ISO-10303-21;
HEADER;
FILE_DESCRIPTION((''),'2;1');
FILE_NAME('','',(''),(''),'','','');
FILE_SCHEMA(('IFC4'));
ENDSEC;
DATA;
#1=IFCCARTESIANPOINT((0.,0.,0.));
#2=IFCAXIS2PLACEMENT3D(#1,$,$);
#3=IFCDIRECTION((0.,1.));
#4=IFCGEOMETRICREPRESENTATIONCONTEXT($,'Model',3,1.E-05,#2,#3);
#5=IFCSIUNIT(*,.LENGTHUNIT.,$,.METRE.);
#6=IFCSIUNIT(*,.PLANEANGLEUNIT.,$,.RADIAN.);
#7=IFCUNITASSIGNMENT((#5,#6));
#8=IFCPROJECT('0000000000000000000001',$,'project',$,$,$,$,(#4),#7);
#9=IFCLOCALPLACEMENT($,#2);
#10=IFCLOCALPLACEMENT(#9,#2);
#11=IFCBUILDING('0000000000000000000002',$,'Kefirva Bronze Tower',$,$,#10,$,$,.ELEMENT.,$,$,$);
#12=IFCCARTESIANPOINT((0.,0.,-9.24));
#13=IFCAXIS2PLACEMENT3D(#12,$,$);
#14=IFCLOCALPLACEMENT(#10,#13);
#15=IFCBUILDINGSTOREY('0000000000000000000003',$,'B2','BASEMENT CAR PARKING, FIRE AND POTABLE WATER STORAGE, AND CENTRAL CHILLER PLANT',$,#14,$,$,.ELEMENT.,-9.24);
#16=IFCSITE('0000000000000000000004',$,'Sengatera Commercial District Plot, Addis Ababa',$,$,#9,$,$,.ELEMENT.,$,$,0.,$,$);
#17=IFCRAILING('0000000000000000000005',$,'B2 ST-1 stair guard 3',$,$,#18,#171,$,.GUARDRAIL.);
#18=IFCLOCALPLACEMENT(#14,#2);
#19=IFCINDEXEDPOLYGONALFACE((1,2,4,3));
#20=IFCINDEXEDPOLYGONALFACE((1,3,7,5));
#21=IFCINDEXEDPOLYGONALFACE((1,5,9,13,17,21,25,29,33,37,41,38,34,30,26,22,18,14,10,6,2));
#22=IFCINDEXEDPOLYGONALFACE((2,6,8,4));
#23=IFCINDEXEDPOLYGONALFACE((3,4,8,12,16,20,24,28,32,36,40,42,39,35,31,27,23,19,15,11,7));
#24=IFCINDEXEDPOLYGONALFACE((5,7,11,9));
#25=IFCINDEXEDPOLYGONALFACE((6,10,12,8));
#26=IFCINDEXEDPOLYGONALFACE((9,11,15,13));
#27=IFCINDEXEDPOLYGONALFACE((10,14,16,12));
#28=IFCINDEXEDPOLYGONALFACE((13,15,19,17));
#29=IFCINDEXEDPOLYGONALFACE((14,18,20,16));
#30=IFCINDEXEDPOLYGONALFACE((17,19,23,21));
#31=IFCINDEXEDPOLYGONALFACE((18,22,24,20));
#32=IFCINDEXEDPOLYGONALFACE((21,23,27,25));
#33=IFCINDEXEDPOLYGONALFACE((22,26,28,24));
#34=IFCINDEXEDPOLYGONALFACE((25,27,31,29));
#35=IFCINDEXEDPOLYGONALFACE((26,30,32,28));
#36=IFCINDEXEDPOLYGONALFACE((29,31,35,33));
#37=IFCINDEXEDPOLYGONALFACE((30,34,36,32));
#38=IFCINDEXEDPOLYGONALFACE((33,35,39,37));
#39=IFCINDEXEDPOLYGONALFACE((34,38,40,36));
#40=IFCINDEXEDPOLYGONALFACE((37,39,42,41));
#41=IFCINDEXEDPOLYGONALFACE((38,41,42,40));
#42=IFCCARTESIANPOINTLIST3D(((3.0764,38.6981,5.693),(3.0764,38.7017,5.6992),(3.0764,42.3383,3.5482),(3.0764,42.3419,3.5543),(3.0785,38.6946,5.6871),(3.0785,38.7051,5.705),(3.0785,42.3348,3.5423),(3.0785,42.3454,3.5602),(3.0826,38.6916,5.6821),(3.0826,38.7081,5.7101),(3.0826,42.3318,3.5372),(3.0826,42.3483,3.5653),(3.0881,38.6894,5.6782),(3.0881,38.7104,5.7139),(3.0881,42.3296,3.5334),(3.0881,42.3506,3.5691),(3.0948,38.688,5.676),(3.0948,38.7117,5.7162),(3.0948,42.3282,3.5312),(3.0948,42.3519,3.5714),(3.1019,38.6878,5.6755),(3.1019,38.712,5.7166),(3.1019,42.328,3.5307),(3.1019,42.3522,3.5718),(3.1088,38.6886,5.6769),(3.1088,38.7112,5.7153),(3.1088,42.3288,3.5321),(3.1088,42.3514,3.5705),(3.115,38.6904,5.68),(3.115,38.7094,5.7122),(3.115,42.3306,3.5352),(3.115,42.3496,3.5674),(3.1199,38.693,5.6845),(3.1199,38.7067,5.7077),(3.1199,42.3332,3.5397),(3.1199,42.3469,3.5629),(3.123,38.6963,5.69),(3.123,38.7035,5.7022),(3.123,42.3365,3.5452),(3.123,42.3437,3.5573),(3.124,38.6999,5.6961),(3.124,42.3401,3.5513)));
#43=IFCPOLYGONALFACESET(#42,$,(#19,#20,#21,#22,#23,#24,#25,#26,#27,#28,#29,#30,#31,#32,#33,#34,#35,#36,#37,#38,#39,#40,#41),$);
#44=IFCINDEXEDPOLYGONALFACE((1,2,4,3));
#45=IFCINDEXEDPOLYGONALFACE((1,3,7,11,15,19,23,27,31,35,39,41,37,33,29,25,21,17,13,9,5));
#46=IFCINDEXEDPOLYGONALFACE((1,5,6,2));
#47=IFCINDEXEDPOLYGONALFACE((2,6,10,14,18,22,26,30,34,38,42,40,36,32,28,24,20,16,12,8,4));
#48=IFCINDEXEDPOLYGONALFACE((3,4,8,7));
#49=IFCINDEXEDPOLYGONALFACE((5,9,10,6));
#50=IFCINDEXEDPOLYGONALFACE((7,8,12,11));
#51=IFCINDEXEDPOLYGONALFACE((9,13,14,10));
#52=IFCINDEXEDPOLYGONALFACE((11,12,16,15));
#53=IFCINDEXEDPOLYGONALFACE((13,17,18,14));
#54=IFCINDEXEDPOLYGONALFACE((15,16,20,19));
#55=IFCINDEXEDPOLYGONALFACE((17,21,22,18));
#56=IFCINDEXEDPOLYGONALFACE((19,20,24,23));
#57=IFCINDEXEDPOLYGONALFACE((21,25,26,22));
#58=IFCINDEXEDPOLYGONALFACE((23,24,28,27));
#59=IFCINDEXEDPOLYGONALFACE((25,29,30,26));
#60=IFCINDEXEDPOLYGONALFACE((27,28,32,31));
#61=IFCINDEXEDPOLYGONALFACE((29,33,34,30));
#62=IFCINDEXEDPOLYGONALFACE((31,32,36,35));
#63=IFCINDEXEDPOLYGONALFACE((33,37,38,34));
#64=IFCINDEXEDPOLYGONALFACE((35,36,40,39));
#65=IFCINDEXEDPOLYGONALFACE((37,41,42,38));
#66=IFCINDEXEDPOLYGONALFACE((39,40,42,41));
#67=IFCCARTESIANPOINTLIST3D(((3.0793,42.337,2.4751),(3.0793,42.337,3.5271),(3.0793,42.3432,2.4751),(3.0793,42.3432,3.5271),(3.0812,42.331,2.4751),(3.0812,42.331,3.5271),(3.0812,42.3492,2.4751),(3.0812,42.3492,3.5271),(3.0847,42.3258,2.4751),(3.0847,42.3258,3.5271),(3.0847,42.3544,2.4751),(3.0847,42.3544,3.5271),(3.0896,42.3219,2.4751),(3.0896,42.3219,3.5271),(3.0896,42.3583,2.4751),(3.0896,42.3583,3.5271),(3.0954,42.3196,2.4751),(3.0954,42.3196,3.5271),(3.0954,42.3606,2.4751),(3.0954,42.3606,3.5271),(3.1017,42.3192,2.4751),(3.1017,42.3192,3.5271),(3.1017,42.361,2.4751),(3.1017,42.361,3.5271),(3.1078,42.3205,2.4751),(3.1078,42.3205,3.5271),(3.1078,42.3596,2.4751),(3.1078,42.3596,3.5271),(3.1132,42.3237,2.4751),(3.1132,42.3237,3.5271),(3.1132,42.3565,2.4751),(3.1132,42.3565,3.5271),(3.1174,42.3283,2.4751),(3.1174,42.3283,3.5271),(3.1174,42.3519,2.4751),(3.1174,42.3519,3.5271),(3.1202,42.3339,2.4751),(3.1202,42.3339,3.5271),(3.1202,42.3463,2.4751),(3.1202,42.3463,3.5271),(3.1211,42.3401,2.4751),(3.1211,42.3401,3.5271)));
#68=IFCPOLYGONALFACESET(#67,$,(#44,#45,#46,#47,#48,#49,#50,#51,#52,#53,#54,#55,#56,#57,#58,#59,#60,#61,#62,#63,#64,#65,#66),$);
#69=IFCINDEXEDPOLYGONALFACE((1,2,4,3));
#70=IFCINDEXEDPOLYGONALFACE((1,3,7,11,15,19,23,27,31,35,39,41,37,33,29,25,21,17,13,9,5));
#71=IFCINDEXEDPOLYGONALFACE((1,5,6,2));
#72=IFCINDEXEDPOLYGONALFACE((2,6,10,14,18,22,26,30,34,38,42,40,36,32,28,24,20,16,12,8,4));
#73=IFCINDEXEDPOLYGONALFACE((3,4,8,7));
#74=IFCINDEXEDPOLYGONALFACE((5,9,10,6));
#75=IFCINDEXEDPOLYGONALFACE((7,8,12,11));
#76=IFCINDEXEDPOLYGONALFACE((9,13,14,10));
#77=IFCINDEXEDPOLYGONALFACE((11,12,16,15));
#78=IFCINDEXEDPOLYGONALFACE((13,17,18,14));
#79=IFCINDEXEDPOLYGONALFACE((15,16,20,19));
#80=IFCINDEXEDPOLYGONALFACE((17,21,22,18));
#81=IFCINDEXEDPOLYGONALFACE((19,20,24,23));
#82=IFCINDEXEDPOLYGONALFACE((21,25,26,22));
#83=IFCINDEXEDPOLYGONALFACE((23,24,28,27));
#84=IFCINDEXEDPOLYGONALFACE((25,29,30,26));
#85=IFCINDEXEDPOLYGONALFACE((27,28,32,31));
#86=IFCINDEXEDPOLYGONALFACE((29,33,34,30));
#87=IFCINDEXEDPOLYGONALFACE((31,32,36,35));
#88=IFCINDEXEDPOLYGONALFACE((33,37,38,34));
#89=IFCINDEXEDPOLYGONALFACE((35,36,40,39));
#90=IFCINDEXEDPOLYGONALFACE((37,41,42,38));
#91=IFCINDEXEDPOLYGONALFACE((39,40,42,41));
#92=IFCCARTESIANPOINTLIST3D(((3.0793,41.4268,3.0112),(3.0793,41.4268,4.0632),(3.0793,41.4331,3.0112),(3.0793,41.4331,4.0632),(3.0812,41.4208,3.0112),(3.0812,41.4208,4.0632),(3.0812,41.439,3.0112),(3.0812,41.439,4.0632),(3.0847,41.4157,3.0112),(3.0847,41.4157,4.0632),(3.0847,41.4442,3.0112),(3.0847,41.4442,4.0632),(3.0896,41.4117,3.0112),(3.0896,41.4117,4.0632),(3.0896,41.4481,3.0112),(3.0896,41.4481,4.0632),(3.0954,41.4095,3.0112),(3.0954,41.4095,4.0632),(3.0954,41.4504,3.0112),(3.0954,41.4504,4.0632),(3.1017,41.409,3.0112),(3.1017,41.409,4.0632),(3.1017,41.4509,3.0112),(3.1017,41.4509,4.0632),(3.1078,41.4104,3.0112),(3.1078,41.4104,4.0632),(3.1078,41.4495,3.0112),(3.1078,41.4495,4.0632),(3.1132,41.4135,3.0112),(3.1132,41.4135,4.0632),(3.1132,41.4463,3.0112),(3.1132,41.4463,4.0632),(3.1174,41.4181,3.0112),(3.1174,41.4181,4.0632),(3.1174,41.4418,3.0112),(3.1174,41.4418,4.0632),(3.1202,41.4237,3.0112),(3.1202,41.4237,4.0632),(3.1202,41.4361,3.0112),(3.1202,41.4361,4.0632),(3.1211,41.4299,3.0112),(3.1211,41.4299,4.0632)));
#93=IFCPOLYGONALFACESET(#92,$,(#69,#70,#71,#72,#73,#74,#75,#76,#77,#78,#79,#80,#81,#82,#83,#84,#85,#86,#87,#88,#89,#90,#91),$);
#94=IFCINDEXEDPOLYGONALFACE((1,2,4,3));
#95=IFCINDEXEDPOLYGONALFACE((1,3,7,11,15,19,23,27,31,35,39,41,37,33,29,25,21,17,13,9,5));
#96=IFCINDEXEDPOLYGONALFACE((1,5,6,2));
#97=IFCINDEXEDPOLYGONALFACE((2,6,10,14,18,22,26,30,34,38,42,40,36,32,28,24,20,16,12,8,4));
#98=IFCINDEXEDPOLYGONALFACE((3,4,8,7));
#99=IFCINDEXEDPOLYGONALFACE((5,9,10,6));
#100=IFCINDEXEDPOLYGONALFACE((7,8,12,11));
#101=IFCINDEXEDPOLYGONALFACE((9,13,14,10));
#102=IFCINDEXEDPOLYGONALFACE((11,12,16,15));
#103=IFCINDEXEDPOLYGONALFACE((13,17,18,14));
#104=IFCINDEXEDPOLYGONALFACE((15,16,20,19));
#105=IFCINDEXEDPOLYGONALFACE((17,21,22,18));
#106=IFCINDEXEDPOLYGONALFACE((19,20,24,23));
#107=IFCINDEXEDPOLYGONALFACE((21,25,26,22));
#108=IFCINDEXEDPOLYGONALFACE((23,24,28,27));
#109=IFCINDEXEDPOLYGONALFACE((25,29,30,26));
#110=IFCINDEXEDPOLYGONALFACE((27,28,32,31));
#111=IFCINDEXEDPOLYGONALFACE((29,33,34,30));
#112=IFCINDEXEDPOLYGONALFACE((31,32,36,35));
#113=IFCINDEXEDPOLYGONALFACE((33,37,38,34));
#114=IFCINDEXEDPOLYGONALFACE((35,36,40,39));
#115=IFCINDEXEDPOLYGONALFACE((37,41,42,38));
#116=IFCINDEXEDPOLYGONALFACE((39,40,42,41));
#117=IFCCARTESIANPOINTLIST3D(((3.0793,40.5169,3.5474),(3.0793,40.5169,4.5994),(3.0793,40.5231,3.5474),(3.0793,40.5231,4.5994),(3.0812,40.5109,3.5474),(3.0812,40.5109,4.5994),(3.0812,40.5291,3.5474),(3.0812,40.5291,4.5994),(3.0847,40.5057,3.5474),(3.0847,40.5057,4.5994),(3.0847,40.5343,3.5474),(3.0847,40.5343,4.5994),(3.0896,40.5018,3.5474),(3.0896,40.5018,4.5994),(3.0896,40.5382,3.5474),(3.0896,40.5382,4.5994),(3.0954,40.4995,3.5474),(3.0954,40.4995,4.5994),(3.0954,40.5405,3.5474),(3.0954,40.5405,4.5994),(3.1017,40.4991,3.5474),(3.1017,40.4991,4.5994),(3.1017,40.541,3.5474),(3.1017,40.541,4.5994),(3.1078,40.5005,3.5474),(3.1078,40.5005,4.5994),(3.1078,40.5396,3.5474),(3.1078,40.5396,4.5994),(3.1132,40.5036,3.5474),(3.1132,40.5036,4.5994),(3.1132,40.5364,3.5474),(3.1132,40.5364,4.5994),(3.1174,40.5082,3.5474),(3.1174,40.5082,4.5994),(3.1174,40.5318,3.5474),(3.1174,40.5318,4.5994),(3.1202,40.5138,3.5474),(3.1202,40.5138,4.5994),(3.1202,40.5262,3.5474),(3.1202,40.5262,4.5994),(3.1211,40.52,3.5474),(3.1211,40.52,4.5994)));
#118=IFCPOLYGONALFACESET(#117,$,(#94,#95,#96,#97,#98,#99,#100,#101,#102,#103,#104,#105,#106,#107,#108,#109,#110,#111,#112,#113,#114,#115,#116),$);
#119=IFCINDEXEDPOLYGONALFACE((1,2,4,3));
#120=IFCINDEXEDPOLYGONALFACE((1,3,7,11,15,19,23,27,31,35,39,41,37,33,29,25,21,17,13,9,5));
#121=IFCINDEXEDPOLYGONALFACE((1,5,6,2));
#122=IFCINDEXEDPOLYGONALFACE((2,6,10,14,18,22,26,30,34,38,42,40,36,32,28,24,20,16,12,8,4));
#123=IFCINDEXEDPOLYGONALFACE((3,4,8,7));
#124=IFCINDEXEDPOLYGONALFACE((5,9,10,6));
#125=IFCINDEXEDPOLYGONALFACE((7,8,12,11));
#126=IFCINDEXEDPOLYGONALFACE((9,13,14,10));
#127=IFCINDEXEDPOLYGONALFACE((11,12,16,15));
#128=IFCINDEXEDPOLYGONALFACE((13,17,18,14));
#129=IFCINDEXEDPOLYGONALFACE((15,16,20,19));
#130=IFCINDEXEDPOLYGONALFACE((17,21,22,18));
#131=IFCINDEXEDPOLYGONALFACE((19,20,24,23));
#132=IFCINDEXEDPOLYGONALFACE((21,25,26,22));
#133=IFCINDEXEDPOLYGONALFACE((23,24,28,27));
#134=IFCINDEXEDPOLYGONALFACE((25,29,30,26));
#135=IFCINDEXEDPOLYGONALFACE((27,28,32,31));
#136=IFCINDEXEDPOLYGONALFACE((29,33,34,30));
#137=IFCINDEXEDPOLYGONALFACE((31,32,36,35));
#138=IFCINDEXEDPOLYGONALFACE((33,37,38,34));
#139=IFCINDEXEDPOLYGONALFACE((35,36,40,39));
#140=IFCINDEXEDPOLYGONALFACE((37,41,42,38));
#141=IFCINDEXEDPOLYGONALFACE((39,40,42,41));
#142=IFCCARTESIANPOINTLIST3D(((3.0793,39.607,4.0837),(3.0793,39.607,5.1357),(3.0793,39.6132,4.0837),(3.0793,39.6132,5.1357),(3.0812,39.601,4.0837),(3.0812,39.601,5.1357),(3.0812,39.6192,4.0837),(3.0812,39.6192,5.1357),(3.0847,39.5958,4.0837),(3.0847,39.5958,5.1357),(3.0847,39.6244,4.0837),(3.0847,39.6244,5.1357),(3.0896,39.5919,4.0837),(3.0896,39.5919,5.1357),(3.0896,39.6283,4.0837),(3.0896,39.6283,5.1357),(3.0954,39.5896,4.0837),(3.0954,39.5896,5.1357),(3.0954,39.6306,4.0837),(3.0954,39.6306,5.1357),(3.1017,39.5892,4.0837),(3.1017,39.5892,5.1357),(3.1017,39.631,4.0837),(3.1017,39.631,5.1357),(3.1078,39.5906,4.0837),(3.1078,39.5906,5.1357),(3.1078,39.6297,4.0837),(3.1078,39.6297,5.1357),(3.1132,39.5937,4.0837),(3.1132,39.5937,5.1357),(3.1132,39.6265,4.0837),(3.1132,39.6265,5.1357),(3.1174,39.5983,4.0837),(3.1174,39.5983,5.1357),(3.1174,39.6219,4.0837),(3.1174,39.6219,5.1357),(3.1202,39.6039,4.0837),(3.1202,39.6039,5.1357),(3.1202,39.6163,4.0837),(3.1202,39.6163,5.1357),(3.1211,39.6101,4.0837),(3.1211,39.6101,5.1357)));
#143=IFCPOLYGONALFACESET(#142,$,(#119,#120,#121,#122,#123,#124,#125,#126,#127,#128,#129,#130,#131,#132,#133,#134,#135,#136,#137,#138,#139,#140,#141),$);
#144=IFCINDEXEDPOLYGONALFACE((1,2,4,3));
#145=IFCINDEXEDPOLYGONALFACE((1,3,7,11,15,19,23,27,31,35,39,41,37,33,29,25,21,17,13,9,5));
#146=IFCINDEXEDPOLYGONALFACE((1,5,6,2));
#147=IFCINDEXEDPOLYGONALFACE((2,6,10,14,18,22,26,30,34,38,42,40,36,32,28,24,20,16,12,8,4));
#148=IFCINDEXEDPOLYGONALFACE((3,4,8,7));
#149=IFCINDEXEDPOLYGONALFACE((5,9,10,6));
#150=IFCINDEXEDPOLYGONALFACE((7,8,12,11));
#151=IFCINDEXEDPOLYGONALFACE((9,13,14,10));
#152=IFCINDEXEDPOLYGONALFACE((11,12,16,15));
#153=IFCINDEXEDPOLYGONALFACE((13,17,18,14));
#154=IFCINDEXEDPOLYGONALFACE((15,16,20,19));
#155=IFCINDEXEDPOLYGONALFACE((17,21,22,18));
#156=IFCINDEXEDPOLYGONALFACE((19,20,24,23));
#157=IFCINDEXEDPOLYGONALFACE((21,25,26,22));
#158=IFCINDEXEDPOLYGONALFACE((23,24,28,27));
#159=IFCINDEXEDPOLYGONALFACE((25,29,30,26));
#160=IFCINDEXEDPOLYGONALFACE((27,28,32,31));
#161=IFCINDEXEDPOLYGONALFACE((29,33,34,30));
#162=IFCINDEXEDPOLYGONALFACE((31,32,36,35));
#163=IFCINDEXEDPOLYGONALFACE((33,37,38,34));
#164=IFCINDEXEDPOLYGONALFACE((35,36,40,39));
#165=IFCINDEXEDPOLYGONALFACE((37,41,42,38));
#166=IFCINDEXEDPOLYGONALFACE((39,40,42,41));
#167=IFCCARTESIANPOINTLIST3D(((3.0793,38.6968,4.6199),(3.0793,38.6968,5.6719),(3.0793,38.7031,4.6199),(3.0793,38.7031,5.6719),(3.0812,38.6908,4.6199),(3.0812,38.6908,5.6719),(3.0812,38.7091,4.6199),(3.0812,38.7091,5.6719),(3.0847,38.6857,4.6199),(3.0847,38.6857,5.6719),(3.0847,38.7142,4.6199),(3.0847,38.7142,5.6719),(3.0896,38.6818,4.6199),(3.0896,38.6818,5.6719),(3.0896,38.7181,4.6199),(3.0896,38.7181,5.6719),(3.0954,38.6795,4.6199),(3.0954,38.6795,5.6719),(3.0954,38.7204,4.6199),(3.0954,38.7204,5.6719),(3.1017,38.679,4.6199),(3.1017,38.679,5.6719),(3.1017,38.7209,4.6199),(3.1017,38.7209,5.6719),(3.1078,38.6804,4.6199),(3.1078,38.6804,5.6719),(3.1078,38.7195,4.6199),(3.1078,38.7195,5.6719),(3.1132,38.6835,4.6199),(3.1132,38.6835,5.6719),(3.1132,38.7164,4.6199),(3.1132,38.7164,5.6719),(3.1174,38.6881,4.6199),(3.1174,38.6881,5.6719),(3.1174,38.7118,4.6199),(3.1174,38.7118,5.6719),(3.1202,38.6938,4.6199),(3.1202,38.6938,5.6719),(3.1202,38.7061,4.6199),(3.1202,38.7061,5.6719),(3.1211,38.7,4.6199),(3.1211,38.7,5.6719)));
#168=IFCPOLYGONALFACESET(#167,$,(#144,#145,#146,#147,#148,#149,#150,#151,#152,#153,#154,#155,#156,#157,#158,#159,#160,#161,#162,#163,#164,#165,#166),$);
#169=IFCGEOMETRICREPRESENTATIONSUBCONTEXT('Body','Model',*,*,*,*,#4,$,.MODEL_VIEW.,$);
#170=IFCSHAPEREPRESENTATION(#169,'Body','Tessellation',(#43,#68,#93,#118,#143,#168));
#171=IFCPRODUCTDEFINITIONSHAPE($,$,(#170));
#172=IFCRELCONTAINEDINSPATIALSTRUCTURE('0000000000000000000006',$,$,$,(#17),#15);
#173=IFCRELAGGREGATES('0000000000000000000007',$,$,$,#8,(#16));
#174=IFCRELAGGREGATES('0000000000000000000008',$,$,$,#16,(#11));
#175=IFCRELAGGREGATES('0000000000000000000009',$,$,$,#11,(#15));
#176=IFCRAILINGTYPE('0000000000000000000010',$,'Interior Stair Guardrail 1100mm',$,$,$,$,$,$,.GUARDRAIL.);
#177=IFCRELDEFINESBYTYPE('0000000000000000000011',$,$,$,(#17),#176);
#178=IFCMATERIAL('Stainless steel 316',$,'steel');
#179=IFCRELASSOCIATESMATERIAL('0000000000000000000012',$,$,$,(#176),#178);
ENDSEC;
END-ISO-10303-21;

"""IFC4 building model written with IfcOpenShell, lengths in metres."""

from ifc_helpers import new_model, si_unit, direction, frame, origin, origin_2d, place, context, subcontext, project, spatial, circle, extrude, material, type_object, element, save


model = new_model("IFC4")

# Units and contexts
model_context = context("Model", 3, precision=1e-05, world=origin(), true_north=direction((0.0, 1.0)))
body_context = subcontext(model_context, "Body", "Model", "MODEL_VIEW")
ifc_project = project(units=[si_unit("LENGTHUNIT", "METRE"), si_unit("PLANEANGLEUNIT", "RADIAN")], contexts=[model_context])

# Site, building, storey
site_placement = place(None, origin())
site = spatial("IfcSite", under=ifc_project, at=site_placement, Name="Sengatera Commercial District Plot, Addis Ababa", CompositionType="ELEMENT", RefElevation=0.0)
building_placement = place(site_placement, origin())
building = spatial("IfcBuilding", under=site, at=building_placement, Name="Kefirva Bronze Tower", CompositionType="ELEMENT")
storey_placement = place(building_placement, frame((0.0, 0.0, -9.24)))
storey = spatial("IfcBuildingStorey", under=building, at=storey_placement, Name="B2", Description="BASEMENT CAR PARKING, FIRE AND POTABLE WATER STORAGE, AND CENTRAL CHILLER PLANT", CompositionType="ELEMENT", Elevation=-9.24)

# Railing
ifc_material_1 = material(Name="Stainless steel 316", Category="steel")
railing_type_1 = type_object("IfcRailingType", Name="Interior Stair Guardrail 1100mm", PredefinedType="GUARDRAIL", material=ifc_material_1)
railing_1_placement = place(storey_placement, frame((3.1001, 42.3401, 2.4751)))
element("IfcRailing", 1, at=railing_1_placement, inside=storey, type_object=railing_type_1, Name="B2 ST-1 stair guard 3", PredefinedType="GUARDRAIL", context=body_context, shape_type="SweptSolid", body=[
    extrude(circle(Radius=0.0239, at=origin_2d()), frame((0.0, 0.0, 1.0762), z_axis=(0.0, -0.86157, 0.507639), x_axis=(1.0, 0.0, 0.0)), (0.0, 0.0, 1.0), 4.2251),
    extrude(circle(Radius=0.021, at=origin_2d()), origin(), (0.0, 0.0, 1.0), 1.052),
    extrude(circle(Radius=0.021, at=origin_2d()), frame((0.0, -0.9102, 0.5361)), (0.0, 0.0, 1.0), 1.052),
    extrude(circle(Radius=0.021, at=origin_2d()), frame((0.0, -1.8201, 1.0723)), (0.0, 0.0, 1.0), 1.052),
    extrude(circle(Radius=0.021, at=origin_2d()), frame((0.0, -2.73, 1.6086)), (0.0, 0.0, 1.0), 1.052),
    extrude(circle(Radius=0.021, at=origin_2d()), frame((0.0, -3.6401, 2.1448)), (0.0, 0.0, 1.0), 1.052),
])

save(model, "model.ifc")
